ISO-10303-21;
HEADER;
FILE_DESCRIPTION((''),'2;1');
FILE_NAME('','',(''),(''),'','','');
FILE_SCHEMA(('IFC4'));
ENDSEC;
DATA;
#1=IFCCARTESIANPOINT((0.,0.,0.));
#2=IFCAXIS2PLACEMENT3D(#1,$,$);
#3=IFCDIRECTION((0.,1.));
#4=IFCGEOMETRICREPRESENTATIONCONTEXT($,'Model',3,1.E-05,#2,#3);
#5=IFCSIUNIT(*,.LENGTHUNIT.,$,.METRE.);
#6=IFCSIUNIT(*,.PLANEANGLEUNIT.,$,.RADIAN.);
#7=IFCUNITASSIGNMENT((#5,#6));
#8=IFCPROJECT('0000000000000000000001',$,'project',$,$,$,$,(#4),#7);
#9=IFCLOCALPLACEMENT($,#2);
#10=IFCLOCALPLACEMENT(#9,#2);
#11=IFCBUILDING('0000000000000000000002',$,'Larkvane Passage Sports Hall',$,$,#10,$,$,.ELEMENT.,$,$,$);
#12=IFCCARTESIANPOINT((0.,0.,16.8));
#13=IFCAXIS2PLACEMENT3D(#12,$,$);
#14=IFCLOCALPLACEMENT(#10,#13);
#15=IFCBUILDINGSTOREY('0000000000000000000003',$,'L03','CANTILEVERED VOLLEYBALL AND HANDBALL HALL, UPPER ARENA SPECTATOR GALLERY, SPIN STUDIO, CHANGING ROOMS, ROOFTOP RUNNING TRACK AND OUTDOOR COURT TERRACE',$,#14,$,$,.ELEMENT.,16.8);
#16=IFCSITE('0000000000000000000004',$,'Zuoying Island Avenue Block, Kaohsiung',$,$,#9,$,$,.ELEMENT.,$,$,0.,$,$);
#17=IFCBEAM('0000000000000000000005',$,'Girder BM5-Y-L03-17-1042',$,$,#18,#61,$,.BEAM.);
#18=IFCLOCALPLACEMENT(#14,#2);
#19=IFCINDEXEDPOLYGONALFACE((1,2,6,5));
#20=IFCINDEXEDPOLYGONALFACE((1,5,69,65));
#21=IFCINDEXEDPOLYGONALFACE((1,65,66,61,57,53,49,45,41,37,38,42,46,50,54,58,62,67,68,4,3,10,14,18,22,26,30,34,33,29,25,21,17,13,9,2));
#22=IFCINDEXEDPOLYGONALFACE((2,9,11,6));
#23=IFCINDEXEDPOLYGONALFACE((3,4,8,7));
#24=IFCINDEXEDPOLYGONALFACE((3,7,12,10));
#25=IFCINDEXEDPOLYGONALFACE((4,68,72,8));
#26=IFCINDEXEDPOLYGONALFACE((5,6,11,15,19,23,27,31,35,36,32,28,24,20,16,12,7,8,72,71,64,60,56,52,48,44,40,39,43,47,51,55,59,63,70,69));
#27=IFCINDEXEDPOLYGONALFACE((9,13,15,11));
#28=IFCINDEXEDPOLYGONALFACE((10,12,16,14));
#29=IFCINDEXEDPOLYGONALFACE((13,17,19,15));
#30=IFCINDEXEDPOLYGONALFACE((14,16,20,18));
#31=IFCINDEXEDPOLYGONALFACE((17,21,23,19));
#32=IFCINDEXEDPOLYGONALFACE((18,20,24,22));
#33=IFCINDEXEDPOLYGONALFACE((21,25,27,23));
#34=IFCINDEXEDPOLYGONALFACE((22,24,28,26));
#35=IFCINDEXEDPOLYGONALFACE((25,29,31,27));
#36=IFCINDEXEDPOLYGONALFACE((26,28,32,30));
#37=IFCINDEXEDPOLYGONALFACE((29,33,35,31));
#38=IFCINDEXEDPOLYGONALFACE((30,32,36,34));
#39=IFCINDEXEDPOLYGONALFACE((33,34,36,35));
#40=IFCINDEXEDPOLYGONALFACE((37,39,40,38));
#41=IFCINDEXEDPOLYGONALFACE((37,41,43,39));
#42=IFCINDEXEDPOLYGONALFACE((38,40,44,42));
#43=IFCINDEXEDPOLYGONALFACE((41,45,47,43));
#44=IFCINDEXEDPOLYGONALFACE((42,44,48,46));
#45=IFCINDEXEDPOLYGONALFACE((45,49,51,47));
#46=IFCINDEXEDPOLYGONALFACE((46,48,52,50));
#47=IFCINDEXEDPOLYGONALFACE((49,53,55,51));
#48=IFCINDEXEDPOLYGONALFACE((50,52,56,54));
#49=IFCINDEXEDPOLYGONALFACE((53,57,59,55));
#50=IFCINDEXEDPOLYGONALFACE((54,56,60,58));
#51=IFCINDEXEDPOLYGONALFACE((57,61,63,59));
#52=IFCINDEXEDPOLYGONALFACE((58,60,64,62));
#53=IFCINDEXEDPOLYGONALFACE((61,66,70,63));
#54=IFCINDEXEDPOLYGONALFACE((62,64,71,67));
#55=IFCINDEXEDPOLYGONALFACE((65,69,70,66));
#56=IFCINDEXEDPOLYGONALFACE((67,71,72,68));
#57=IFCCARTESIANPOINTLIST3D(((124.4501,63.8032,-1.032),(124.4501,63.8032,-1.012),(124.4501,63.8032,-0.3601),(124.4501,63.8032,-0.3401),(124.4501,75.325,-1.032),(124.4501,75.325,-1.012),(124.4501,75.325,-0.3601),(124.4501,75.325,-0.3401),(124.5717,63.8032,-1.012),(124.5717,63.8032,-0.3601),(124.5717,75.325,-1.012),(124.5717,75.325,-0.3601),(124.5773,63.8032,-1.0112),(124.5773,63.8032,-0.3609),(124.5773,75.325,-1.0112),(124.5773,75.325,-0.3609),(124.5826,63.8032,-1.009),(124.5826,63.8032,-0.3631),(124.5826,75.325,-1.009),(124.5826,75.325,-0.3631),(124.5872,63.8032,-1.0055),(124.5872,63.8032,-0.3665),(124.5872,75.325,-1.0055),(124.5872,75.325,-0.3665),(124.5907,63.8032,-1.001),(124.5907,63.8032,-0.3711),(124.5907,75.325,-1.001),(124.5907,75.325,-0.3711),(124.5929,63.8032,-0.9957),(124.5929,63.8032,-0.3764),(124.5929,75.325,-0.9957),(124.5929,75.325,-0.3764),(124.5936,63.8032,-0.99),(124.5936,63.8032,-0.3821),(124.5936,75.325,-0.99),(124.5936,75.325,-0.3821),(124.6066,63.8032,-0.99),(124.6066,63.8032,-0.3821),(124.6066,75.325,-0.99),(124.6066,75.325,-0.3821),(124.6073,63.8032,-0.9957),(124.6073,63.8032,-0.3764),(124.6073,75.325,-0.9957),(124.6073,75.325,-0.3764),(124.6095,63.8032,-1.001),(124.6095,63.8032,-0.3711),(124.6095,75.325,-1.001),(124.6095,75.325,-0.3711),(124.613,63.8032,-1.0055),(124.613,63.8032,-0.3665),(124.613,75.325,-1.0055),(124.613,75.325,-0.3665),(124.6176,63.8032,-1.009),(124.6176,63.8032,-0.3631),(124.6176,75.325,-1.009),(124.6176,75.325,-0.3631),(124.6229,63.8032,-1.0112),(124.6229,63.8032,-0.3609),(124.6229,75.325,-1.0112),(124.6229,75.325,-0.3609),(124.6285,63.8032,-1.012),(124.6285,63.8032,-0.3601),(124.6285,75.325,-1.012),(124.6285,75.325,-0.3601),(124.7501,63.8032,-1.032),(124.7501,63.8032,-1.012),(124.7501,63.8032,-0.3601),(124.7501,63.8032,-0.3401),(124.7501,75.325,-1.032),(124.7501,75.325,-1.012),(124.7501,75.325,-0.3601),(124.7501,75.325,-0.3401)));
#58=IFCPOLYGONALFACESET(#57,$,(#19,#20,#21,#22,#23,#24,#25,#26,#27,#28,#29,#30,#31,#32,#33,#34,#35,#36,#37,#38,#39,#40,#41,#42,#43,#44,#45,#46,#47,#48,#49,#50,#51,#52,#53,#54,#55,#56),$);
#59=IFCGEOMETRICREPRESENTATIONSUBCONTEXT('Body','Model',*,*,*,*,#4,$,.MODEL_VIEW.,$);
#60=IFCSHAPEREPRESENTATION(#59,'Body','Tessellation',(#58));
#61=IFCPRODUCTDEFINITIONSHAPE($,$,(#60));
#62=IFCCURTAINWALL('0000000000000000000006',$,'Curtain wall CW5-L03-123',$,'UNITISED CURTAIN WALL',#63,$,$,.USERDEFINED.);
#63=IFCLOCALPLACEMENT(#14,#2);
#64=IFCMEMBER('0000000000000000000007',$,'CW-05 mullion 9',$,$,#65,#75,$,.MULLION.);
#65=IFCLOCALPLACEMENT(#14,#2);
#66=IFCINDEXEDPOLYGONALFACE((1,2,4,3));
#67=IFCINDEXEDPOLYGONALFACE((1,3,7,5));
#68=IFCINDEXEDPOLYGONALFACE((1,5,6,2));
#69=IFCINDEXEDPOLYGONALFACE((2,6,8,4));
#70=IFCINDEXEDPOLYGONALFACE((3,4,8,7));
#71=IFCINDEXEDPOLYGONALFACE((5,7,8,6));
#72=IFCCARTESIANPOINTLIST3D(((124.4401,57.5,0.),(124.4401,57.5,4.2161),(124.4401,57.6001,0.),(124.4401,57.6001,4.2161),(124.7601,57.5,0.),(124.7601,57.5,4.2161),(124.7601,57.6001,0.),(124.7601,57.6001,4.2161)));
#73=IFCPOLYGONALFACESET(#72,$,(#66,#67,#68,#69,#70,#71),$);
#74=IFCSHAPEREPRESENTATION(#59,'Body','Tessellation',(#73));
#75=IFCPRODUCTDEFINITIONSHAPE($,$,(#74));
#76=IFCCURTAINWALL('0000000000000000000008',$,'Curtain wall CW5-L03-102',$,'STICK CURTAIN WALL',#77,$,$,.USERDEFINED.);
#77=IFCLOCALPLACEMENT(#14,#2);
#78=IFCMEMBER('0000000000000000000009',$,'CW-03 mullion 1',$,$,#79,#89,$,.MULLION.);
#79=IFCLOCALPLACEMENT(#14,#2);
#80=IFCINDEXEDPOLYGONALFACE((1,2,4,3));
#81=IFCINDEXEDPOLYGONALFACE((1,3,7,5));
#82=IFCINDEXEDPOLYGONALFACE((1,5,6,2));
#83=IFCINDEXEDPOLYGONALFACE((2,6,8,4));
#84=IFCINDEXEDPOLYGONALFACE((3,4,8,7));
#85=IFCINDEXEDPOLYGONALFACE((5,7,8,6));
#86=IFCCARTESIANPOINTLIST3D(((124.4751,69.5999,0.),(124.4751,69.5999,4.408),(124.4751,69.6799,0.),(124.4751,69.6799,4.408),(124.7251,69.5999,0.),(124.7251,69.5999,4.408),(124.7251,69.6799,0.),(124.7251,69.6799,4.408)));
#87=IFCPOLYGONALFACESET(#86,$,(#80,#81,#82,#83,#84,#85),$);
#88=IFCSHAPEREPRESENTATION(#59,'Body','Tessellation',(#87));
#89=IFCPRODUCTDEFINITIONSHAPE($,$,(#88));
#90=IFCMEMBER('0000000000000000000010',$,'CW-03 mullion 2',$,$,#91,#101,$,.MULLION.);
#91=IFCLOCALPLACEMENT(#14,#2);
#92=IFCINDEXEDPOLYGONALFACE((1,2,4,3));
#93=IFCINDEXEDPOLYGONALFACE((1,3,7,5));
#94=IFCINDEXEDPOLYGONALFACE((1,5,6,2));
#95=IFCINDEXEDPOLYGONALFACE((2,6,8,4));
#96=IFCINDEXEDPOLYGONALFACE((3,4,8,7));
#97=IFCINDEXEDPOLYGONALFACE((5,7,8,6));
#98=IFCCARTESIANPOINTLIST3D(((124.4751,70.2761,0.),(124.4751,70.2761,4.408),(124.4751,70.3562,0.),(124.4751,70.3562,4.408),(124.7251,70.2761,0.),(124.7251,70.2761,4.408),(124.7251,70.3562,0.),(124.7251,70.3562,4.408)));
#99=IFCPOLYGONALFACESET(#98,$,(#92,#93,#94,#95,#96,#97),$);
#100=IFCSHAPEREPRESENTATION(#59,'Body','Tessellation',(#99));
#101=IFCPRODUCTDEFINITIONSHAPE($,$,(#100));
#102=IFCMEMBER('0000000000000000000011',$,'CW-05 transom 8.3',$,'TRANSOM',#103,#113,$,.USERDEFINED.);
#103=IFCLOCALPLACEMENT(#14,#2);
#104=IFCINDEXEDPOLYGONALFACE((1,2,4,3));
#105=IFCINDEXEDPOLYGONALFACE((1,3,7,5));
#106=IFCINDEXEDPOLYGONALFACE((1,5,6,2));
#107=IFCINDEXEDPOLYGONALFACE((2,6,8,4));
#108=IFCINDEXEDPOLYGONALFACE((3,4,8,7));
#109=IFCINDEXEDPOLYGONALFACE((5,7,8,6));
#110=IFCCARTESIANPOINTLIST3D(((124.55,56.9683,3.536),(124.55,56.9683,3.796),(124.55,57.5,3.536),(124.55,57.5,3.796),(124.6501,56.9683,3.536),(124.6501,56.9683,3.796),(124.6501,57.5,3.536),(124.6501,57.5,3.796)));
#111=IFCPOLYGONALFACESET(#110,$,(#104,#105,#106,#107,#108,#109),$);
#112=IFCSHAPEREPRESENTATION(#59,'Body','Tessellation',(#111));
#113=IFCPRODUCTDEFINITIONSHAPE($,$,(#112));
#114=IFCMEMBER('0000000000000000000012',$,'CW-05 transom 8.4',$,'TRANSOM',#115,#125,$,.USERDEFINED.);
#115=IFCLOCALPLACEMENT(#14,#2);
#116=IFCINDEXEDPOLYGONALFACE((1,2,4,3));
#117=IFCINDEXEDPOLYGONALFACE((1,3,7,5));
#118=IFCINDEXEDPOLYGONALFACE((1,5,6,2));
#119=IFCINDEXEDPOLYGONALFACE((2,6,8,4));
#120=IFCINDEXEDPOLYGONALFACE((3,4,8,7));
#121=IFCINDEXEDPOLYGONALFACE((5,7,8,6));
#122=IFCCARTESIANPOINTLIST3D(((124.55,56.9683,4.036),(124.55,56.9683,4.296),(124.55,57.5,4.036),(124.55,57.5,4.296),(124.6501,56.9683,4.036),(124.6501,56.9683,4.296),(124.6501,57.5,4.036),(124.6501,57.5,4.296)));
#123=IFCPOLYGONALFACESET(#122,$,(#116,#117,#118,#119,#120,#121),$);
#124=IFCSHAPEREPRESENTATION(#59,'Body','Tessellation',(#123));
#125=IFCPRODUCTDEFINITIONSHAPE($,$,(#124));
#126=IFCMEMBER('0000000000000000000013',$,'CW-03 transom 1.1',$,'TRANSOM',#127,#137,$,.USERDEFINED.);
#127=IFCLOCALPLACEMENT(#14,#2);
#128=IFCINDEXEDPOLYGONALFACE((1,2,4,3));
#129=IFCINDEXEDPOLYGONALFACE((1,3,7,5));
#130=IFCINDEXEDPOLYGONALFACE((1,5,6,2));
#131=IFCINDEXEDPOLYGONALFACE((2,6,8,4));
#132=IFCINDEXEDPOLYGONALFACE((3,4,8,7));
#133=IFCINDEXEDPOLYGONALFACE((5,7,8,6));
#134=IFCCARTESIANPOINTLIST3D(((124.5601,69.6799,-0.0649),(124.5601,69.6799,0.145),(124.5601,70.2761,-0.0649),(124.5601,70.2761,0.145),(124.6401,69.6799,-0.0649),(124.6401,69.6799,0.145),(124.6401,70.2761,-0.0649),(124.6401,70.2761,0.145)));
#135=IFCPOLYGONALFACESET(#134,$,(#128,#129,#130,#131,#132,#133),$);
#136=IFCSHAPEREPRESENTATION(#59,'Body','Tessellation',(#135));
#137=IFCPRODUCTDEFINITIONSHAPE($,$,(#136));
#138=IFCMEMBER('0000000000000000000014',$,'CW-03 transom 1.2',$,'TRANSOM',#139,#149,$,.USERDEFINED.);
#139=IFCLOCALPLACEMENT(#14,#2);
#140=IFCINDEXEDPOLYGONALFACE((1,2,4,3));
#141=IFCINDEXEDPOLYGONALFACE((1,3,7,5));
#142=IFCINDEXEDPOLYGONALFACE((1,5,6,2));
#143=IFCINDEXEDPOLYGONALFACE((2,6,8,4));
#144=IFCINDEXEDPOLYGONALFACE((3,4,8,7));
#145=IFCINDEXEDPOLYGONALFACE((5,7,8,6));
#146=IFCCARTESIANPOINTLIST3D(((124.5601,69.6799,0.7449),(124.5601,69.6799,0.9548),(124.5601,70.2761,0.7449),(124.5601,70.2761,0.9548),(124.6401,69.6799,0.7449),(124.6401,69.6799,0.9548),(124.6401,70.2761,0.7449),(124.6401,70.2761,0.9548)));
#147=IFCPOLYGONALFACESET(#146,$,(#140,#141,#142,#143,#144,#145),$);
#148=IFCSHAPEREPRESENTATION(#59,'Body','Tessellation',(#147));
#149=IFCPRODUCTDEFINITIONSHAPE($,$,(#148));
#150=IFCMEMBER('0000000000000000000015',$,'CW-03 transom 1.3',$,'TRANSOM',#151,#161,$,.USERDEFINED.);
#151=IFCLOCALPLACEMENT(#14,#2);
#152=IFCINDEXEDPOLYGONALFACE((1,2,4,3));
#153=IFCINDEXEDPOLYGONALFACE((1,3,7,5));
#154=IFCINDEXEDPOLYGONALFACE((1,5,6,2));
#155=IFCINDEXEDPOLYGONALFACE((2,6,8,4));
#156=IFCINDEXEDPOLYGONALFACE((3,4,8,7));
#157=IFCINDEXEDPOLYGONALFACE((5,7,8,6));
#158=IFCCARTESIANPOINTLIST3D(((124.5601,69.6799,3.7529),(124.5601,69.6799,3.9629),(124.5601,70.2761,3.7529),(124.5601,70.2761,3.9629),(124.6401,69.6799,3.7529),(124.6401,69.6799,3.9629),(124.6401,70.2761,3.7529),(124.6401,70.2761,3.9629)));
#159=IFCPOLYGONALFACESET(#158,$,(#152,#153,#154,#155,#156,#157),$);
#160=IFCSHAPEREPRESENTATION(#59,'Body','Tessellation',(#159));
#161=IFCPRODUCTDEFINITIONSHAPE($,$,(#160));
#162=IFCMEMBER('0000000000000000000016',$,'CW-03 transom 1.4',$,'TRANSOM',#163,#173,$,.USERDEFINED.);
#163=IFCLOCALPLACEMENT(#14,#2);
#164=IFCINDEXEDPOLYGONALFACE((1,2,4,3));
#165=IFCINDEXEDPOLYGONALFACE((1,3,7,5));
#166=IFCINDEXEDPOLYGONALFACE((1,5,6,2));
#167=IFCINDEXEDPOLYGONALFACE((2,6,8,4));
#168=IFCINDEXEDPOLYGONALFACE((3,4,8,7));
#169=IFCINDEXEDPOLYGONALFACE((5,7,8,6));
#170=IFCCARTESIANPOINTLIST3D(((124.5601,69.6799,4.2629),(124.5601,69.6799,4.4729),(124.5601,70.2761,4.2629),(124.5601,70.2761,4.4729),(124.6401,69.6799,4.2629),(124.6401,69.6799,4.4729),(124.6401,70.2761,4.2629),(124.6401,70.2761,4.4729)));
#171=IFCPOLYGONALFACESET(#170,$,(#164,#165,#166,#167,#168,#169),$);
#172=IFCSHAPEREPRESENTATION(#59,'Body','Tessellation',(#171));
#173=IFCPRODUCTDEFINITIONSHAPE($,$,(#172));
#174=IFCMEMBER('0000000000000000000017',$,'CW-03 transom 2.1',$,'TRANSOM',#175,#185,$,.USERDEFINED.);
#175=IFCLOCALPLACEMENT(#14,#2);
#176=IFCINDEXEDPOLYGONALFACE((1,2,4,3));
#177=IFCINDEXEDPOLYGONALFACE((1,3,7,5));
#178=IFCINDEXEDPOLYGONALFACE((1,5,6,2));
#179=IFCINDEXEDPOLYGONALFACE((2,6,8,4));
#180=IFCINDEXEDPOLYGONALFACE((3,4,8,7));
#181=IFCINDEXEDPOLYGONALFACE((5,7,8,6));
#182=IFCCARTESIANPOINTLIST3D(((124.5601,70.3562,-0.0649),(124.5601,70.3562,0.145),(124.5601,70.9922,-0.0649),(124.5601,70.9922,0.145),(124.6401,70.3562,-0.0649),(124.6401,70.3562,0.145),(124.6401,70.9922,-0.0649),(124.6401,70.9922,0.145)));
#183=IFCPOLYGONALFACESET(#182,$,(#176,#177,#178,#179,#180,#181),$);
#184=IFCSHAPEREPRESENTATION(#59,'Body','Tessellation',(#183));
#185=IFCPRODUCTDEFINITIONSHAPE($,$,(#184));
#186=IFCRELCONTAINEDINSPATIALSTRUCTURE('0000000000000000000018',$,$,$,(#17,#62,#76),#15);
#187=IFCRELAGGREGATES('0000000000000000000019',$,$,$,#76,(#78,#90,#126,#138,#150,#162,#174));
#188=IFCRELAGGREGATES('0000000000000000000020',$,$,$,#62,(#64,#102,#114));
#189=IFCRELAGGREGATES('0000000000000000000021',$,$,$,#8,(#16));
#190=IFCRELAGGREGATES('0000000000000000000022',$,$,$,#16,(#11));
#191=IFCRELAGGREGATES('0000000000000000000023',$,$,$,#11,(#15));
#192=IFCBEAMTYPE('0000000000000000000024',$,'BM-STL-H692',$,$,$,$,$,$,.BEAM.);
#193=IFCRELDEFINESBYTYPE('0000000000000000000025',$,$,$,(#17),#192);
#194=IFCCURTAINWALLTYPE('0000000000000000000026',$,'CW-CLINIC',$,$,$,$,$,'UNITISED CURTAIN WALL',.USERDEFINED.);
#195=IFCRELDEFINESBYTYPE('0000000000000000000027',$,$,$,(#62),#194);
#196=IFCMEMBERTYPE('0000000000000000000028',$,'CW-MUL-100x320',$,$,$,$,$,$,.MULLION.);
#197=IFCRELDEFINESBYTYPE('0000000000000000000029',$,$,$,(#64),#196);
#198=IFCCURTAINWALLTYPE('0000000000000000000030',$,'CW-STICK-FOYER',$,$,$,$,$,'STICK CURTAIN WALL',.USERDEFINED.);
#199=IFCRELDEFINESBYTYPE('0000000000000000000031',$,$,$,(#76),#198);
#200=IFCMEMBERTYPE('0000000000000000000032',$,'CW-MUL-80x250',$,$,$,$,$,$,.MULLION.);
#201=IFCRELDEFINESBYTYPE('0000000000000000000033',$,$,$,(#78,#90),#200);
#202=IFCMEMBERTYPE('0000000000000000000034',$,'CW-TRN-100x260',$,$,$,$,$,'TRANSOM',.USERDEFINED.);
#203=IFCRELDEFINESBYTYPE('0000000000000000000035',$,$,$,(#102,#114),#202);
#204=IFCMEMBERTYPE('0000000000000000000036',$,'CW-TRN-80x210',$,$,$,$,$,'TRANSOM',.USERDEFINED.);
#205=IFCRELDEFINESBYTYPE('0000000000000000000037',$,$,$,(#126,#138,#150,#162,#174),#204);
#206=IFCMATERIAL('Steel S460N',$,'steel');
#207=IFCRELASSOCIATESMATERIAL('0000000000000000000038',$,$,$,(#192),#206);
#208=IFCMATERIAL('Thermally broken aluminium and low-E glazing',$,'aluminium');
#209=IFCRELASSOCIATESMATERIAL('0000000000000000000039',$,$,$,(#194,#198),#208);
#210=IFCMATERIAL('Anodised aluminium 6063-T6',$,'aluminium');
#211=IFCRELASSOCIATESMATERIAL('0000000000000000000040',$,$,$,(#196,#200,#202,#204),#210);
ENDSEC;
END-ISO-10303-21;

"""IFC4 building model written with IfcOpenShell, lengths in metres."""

from ifc_helpers import new_model, si_unit, direction, frame, origin, origin_2d, place, context, subcontext, project, spatial, rectangle, i_section, extrude, material, material_profile, profile_set, type_object, element, aggregate, save


model = new_model("IFC4")

# Units and contexts
model_context = context("Model", 3, precision=1e-05, world=origin(), true_north=direction((0.0, 1.0)))
body_context = subcontext(model_context, "Body", "Model", "MODEL_VIEW")
ifc_project = project(units=[si_unit("LENGTHUNIT", "METRE"), si_unit("PLANEANGLEUNIT", "RADIAN")], contexts=[model_context])

# Site, building, storey
site_placement = place(None, origin())
site = spatial("IfcSite", under=ifc_project, at=site_placement, Name="Zuoying Island Avenue Block, Kaohsiung", CompositionType="ELEMENT", RefElevation=0.0)
building_placement = place(site_placement, origin())
building = spatial("IfcBuilding", under=site, at=building_placement, Name="Larkvane Passage Sports Hall", CompositionType="ELEMENT")
storey_placement = place(building_placement, frame((0.0, 0.0, 16.8)))
storey = spatial("IfcBuildingStorey", under=building, at=storey_placement, Name="L03", Description="CANTILEVERED VOLLEYBALL AND HANDBALL HALL, UPPER ARENA SPECTATOR GALLERY, SPIN STUDIO, CHANGING ROOMS, ROOFTOP RUNNING TRACK AND OUTDOOR COURT TERRACE", CompositionType="ELEMENT", Elevation=16.8)

# Shared definitions
ifc_material_1 = material(Name="Steel S460N", Category="steel")

# Beam
ifc_material_profile_1 = material_profile(ifc_material_1, i_section(OverallWidth=0.3, OverallDepth=0.6919, WebThickness=0.0129, FlangeThickness=0.02, FilletRadius=0.022, at=origin_2d()), Name="H-692x300x13x20")
ifc_profile_set_1 = profile_set([ifc_material_profile_1], Name="Steel S460N")
beam_type_1 = type_object("IfcBeamType", Name="BM-STL-H692", PredefinedType="BEAM", material=ifc_profile_set_1)
beam_1_placement = place(storey_placement, frame((124.6001, 63.8032, -0.686), z_axis=(0.0, 1.0, 0.0), x_axis=(-1.0, 0.0, 0.0)))
element("IfcBeam", 1, at=beam_1_placement, inside=storey, type_object=beam_type_1, Name="Girder BM5-Y-L03-17-1042", PredefinedType="BEAM", context=body_context, shape_type="SweptSolid", body=[
    extrude(i_section(OverallWidth=0.3, OverallDepth=0.6919, WebThickness=0.0129, FlangeThickness=0.02, FilletRadius=0.022, at=origin_2d()), origin(), (0.0, 0.0, 1.0), 11.5217),
])

# Curtain wall, member
ifc_material_2 = material(Name="Thermally broken aluminium and low-E glazing", Category="aluminium")
curtain_wall_type_1 = type_object("IfcCurtainWallType", Name="CW-CLINIC", ElementType="UNITISED CURTAIN WALL", PredefinedType="USERDEFINED", material=ifc_material_2)
curtain_wall_1_placement = place(storey_placement, origin())
curtain_wall_1 = element("IfcCurtainWall", 2, at=curtain_wall_1_placement, inside=storey, type_object=curtain_wall_type_1, Name="Curtain wall CW5-L03-123", ObjectType="UNITISED CURTAIN WALL", PredefinedType="USERDEFINED")
ifc_material_3 = material(Name="Anodised aluminium 6063-T6", Category="aluminium")
ifc_material_profile_2 = material_profile(ifc_material_3, rectangle(XDim=0.1001, YDim=0.3201, at=origin_2d()), Name="ALU-MUL-100x320")
ifc_profile_set_2 = profile_set([ifc_material_profile_2], Name="Anodised aluminium 6063-T6")
member_type_1 = type_object("IfcMemberType", Name="CW-MUL-100x320", PredefinedType="MULLION", material=ifc_profile_set_2)
member_1_placement = place(storey_placement, frame((124.6001, 57.55, 0.0), z_axis=(0.0, 0.0, 1.0), x_axis=(0.0, 1.0, 0.0)))
member_1 = element("IfcMember", 3, at=member_1_placement, type_object=member_type_1, Name="CW-05 mullion 9", PredefinedType="MULLION", context=body_context, shape_type="SweptSolid", body=[
    extrude(rectangle(XDim=0.1001, YDim=0.3201, at=origin_2d()), origin(), (0.0, 0.0, 1.0), 4.2161),
])

# Curtain wall, members
curtain_wall_type_2 = type_object("IfcCurtainWallType", Name="CW-STICK-FOYER", ElementType="STICK CURTAIN WALL", PredefinedType="USERDEFINED", material=ifc_material_2)
curtain_wall_2_placement = place(storey_placement, origin())
curtain_wall_2 = element("IfcCurtainWall", 4, at=curtain_wall_2_placement, inside=storey, type_object=curtain_wall_type_2, Name="Curtain wall CW5-L03-102", ObjectType="STICK CURTAIN WALL", PredefinedType="USERDEFINED")
ifc_material_profile_3 = material_profile(ifc_material_3, rectangle(XDim=0.0801, YDim=0.25, at=origin_2d()), Name="ALU-MUL-80x250")
ifc_profile_set_3 = profile_set([ifc_material_profile_3], Name="Anodised aluminium 6063-T6")
member_type_2 = type_object("IfcMemberType", Name="CW-MUL-80x250", PredefinedType="MULLION", material=ifc_profile_set_3)
member_2_placement = place(storey_placement, frame((124.6001, 69.6399, 0.0), z_axis=(0.0, 0.0, 1.0), x_axis=(0.0, 1.0, 0.0)))
member_2 = element("IfcMember", 5, at=member_2_placement, type_object=member_type_2, Name="CW-03 mullion 1", PredefinedType="MULLION", context=body_context, shape_type="SweptSolid", body=[
    extrude(rectangle(XDim=0.0801, YDim=0.25, at=origin_2d()), origin(), (0.0, 0.0, 1.0), 4.408),
])
member_3_placement = place(storey_placement, frame((124.6001, 70.3162, 0.0), z_axis=(0.0, 0.0, 1.0), x_axis=(0.0, 1.0, 0.0)))
member_3 = element("IfcMember", 6, at=member_3_placement, type_object=member_type_2, Name="CW-03 mullion 2", PredefinedType="MULLION", context=body_context, shape_type="SweptSolid", body=[
    extrude(rectangle(XDim=0.0801, YDim=0.25, at=origin_2d()), origin(), (0.0, 0.0, 1.0), 4.408),
])

# Members
ifc_material_profile_4 = material_profile(ifc_material_3, rectangle(XDim=0.1001, YDim=0.26, at=origin_2d()), Name="ALU-TRN-100x260")
ifc_profile_set_4 = profile_set([ifc_material_profile_4], Name="Anodised aluminium 6063-T6")
member_type_3 = type_object("IfcMemberType", Name="CW-TRN-100x260", ElementType="TRANSOM", PredefinedType="USERDEFINED", material=ifc_profile_set_4)
member_4_placement = place(storey_placement, frame((124.6001, 56.9683, 3.666), z_axis=(0.0, 1.0, 0.0), x_axis=(-1.0, 0.0, 0.0)))
member_4 = element("IfcMember", 7, at=member_4_placement, type_object=member_type_3, Name="CW-05 transom 8.3", ObjectType="TRANSOM", PredefinedType="USERDEFINED", context=body_context, shape_type="SweptSolid", body=[
    extrude(rectangle(XDim=0.1001, YDim=0.26, at=origin_2d()), origin(), (0.0, 0.0, 1.0), 0.5317),
])
member_5_placement = place(storey_placement, frame((124.6001, 56.9683, 4.166), z_axis=(0.0, 1.0, 0.0), x_axis=(-1.0, 0.0, 0.0)))
member_5 = element("IfcMember", 8, at=member_5_placement, type_object=member_type_3, Name="CW-05 transom 8.4", ObjectType="TRANSOM", PredefinedType="USERDEFINED", context=body_context, shape_type="SweptSolid", body=[
    extrude(rectangle(XDim=0.1001, YDim=0.26, at=origin_2d()), origin(), (0.0, 0.0, 1.0), 0.5317),
])
ifc_material_profile_5 = material_profile(ifc_material_3, rectangle(XDim=0.0801, YDim=0.21, at=origin_2d()), Name="ALU-TRN-80x210")
ifc_profile_set_5 = profile_set([ifc_material_profile_5], Name="Anodised aluminium 6063-T6")
member_type_4 = type_object("IfcMemberType", Name="CW-TRN-80x210", ElementType="TRANSOM", PredefinedType="USERDEFINED", material=ifc_profile_set_5)
member_6_placement = place(storey_placement, frame((124.6001, 69.6799, 0.04), z_axis=(0.0, 1.0, 0.0), x_axis=(-1.0, 0.0, 0.0)))
member_6 = element("IfcMember", 9, at=member_6_placement, type_object=member_type_4, Name="CW-03 transom 1.1", ObjectType="TRANSOM", PredefinedType="USERDEFINED", context=body_context, shape_type="SweptSolid", body=[
    extrude(rectangle(XDim=0.0801, YDim=0.21, at=origin_2d()), origin(), (0.0, 0.0, 1.0), 0.5962),
])
member_7_placement = place(storey_placement, frame((124.6001, 69.6799, 0.8499), z_axis=(0.0, 1.0, 0.0), x_axis=(-1.0, 0.0, 0.0)))
member_7 = element("IfcMember", 10, at=member_7_placement, type_object=member_type_4, Name="CW-03 transom 1.2", ObjectType="TRANSOM", PredefinedType="USERDEFINED", context=body_context, shape_type="SweptSolid", body=[
    extrude(rectangle(XDim=0.0801, YDim=0.21, at=origin_2d()), origin(), (0.0, 0.0, 1.0), 0.5962),
])
member_8_placement = place(storey_placement, frame((124.6001, 69.6799, 3.8579), z_axis=(0.0, 1.0, 0.0), x_axis=(-1.0, 0.0, 0.0)))
member_8 = element("IfcMember", 11, at=member_8_placement, type_object=member_type_4, Name="CW-03 transom 1.3", ObjectType="TRANSOM", PredefinedType="USERDEFINED", context=body_context, shape_type="SweptSolid", body=[
    extrude(rectangle(XDim=0.0801, YDim=0.21, at=origin_2d()), origin(), (0.0, 0.0, 1.0), 0.5962),
])
member_9_placement = place(storey_placement, frame((124.6001, 69.6799, 4.3679), z_axis=(0.0, 1.0, 0.0), x_axis=(-1.0, 0.0, 0.0)))
member_9 = element("IfcMember", 12, at=member_9_placement, type_object=member_type_4, Name="CW-03 transom 1.4", ObjectType="TRANSOM", PredefinedType="USERDEFINED", context=body_context, shape_type="SweptSolid", body=[
    extrude(rectangle(XDim=0.0801, YDim=0.21, at=origin_2d()), origin(), (0.0, 0.0, 1.0), 0.5962),
])
member_10_placement = place(storey_placement, frame((124.6001, 70.3562, 0.04), z_axis=(0.0, 1.0, 0.0), x_axis=(-1.0, 0.0, 0.0)))
member_10 = element("IfcMember", 13, at=member_10_placement, type_object=member_type_4, Name="CW-03 transom 2.1", ObjectType="TRANSOM", PredefinedType="USERDEFINED", context=body_context, shape_type="SweptSolid", body=[
    extrude(rectangle(XDim=0.0801, YDim=0.21, at=origin_2d()), origin(), (0.0, 0.0, 1.0), 0.636),
])

aggregate(curtain_wall_2, [member_2, member_3, member_6, member_7, member_8, member_9, member_10])
aggregate(curtain_wall_1, [member_1, member_4, member_5])

save(model, "model.ifc")
